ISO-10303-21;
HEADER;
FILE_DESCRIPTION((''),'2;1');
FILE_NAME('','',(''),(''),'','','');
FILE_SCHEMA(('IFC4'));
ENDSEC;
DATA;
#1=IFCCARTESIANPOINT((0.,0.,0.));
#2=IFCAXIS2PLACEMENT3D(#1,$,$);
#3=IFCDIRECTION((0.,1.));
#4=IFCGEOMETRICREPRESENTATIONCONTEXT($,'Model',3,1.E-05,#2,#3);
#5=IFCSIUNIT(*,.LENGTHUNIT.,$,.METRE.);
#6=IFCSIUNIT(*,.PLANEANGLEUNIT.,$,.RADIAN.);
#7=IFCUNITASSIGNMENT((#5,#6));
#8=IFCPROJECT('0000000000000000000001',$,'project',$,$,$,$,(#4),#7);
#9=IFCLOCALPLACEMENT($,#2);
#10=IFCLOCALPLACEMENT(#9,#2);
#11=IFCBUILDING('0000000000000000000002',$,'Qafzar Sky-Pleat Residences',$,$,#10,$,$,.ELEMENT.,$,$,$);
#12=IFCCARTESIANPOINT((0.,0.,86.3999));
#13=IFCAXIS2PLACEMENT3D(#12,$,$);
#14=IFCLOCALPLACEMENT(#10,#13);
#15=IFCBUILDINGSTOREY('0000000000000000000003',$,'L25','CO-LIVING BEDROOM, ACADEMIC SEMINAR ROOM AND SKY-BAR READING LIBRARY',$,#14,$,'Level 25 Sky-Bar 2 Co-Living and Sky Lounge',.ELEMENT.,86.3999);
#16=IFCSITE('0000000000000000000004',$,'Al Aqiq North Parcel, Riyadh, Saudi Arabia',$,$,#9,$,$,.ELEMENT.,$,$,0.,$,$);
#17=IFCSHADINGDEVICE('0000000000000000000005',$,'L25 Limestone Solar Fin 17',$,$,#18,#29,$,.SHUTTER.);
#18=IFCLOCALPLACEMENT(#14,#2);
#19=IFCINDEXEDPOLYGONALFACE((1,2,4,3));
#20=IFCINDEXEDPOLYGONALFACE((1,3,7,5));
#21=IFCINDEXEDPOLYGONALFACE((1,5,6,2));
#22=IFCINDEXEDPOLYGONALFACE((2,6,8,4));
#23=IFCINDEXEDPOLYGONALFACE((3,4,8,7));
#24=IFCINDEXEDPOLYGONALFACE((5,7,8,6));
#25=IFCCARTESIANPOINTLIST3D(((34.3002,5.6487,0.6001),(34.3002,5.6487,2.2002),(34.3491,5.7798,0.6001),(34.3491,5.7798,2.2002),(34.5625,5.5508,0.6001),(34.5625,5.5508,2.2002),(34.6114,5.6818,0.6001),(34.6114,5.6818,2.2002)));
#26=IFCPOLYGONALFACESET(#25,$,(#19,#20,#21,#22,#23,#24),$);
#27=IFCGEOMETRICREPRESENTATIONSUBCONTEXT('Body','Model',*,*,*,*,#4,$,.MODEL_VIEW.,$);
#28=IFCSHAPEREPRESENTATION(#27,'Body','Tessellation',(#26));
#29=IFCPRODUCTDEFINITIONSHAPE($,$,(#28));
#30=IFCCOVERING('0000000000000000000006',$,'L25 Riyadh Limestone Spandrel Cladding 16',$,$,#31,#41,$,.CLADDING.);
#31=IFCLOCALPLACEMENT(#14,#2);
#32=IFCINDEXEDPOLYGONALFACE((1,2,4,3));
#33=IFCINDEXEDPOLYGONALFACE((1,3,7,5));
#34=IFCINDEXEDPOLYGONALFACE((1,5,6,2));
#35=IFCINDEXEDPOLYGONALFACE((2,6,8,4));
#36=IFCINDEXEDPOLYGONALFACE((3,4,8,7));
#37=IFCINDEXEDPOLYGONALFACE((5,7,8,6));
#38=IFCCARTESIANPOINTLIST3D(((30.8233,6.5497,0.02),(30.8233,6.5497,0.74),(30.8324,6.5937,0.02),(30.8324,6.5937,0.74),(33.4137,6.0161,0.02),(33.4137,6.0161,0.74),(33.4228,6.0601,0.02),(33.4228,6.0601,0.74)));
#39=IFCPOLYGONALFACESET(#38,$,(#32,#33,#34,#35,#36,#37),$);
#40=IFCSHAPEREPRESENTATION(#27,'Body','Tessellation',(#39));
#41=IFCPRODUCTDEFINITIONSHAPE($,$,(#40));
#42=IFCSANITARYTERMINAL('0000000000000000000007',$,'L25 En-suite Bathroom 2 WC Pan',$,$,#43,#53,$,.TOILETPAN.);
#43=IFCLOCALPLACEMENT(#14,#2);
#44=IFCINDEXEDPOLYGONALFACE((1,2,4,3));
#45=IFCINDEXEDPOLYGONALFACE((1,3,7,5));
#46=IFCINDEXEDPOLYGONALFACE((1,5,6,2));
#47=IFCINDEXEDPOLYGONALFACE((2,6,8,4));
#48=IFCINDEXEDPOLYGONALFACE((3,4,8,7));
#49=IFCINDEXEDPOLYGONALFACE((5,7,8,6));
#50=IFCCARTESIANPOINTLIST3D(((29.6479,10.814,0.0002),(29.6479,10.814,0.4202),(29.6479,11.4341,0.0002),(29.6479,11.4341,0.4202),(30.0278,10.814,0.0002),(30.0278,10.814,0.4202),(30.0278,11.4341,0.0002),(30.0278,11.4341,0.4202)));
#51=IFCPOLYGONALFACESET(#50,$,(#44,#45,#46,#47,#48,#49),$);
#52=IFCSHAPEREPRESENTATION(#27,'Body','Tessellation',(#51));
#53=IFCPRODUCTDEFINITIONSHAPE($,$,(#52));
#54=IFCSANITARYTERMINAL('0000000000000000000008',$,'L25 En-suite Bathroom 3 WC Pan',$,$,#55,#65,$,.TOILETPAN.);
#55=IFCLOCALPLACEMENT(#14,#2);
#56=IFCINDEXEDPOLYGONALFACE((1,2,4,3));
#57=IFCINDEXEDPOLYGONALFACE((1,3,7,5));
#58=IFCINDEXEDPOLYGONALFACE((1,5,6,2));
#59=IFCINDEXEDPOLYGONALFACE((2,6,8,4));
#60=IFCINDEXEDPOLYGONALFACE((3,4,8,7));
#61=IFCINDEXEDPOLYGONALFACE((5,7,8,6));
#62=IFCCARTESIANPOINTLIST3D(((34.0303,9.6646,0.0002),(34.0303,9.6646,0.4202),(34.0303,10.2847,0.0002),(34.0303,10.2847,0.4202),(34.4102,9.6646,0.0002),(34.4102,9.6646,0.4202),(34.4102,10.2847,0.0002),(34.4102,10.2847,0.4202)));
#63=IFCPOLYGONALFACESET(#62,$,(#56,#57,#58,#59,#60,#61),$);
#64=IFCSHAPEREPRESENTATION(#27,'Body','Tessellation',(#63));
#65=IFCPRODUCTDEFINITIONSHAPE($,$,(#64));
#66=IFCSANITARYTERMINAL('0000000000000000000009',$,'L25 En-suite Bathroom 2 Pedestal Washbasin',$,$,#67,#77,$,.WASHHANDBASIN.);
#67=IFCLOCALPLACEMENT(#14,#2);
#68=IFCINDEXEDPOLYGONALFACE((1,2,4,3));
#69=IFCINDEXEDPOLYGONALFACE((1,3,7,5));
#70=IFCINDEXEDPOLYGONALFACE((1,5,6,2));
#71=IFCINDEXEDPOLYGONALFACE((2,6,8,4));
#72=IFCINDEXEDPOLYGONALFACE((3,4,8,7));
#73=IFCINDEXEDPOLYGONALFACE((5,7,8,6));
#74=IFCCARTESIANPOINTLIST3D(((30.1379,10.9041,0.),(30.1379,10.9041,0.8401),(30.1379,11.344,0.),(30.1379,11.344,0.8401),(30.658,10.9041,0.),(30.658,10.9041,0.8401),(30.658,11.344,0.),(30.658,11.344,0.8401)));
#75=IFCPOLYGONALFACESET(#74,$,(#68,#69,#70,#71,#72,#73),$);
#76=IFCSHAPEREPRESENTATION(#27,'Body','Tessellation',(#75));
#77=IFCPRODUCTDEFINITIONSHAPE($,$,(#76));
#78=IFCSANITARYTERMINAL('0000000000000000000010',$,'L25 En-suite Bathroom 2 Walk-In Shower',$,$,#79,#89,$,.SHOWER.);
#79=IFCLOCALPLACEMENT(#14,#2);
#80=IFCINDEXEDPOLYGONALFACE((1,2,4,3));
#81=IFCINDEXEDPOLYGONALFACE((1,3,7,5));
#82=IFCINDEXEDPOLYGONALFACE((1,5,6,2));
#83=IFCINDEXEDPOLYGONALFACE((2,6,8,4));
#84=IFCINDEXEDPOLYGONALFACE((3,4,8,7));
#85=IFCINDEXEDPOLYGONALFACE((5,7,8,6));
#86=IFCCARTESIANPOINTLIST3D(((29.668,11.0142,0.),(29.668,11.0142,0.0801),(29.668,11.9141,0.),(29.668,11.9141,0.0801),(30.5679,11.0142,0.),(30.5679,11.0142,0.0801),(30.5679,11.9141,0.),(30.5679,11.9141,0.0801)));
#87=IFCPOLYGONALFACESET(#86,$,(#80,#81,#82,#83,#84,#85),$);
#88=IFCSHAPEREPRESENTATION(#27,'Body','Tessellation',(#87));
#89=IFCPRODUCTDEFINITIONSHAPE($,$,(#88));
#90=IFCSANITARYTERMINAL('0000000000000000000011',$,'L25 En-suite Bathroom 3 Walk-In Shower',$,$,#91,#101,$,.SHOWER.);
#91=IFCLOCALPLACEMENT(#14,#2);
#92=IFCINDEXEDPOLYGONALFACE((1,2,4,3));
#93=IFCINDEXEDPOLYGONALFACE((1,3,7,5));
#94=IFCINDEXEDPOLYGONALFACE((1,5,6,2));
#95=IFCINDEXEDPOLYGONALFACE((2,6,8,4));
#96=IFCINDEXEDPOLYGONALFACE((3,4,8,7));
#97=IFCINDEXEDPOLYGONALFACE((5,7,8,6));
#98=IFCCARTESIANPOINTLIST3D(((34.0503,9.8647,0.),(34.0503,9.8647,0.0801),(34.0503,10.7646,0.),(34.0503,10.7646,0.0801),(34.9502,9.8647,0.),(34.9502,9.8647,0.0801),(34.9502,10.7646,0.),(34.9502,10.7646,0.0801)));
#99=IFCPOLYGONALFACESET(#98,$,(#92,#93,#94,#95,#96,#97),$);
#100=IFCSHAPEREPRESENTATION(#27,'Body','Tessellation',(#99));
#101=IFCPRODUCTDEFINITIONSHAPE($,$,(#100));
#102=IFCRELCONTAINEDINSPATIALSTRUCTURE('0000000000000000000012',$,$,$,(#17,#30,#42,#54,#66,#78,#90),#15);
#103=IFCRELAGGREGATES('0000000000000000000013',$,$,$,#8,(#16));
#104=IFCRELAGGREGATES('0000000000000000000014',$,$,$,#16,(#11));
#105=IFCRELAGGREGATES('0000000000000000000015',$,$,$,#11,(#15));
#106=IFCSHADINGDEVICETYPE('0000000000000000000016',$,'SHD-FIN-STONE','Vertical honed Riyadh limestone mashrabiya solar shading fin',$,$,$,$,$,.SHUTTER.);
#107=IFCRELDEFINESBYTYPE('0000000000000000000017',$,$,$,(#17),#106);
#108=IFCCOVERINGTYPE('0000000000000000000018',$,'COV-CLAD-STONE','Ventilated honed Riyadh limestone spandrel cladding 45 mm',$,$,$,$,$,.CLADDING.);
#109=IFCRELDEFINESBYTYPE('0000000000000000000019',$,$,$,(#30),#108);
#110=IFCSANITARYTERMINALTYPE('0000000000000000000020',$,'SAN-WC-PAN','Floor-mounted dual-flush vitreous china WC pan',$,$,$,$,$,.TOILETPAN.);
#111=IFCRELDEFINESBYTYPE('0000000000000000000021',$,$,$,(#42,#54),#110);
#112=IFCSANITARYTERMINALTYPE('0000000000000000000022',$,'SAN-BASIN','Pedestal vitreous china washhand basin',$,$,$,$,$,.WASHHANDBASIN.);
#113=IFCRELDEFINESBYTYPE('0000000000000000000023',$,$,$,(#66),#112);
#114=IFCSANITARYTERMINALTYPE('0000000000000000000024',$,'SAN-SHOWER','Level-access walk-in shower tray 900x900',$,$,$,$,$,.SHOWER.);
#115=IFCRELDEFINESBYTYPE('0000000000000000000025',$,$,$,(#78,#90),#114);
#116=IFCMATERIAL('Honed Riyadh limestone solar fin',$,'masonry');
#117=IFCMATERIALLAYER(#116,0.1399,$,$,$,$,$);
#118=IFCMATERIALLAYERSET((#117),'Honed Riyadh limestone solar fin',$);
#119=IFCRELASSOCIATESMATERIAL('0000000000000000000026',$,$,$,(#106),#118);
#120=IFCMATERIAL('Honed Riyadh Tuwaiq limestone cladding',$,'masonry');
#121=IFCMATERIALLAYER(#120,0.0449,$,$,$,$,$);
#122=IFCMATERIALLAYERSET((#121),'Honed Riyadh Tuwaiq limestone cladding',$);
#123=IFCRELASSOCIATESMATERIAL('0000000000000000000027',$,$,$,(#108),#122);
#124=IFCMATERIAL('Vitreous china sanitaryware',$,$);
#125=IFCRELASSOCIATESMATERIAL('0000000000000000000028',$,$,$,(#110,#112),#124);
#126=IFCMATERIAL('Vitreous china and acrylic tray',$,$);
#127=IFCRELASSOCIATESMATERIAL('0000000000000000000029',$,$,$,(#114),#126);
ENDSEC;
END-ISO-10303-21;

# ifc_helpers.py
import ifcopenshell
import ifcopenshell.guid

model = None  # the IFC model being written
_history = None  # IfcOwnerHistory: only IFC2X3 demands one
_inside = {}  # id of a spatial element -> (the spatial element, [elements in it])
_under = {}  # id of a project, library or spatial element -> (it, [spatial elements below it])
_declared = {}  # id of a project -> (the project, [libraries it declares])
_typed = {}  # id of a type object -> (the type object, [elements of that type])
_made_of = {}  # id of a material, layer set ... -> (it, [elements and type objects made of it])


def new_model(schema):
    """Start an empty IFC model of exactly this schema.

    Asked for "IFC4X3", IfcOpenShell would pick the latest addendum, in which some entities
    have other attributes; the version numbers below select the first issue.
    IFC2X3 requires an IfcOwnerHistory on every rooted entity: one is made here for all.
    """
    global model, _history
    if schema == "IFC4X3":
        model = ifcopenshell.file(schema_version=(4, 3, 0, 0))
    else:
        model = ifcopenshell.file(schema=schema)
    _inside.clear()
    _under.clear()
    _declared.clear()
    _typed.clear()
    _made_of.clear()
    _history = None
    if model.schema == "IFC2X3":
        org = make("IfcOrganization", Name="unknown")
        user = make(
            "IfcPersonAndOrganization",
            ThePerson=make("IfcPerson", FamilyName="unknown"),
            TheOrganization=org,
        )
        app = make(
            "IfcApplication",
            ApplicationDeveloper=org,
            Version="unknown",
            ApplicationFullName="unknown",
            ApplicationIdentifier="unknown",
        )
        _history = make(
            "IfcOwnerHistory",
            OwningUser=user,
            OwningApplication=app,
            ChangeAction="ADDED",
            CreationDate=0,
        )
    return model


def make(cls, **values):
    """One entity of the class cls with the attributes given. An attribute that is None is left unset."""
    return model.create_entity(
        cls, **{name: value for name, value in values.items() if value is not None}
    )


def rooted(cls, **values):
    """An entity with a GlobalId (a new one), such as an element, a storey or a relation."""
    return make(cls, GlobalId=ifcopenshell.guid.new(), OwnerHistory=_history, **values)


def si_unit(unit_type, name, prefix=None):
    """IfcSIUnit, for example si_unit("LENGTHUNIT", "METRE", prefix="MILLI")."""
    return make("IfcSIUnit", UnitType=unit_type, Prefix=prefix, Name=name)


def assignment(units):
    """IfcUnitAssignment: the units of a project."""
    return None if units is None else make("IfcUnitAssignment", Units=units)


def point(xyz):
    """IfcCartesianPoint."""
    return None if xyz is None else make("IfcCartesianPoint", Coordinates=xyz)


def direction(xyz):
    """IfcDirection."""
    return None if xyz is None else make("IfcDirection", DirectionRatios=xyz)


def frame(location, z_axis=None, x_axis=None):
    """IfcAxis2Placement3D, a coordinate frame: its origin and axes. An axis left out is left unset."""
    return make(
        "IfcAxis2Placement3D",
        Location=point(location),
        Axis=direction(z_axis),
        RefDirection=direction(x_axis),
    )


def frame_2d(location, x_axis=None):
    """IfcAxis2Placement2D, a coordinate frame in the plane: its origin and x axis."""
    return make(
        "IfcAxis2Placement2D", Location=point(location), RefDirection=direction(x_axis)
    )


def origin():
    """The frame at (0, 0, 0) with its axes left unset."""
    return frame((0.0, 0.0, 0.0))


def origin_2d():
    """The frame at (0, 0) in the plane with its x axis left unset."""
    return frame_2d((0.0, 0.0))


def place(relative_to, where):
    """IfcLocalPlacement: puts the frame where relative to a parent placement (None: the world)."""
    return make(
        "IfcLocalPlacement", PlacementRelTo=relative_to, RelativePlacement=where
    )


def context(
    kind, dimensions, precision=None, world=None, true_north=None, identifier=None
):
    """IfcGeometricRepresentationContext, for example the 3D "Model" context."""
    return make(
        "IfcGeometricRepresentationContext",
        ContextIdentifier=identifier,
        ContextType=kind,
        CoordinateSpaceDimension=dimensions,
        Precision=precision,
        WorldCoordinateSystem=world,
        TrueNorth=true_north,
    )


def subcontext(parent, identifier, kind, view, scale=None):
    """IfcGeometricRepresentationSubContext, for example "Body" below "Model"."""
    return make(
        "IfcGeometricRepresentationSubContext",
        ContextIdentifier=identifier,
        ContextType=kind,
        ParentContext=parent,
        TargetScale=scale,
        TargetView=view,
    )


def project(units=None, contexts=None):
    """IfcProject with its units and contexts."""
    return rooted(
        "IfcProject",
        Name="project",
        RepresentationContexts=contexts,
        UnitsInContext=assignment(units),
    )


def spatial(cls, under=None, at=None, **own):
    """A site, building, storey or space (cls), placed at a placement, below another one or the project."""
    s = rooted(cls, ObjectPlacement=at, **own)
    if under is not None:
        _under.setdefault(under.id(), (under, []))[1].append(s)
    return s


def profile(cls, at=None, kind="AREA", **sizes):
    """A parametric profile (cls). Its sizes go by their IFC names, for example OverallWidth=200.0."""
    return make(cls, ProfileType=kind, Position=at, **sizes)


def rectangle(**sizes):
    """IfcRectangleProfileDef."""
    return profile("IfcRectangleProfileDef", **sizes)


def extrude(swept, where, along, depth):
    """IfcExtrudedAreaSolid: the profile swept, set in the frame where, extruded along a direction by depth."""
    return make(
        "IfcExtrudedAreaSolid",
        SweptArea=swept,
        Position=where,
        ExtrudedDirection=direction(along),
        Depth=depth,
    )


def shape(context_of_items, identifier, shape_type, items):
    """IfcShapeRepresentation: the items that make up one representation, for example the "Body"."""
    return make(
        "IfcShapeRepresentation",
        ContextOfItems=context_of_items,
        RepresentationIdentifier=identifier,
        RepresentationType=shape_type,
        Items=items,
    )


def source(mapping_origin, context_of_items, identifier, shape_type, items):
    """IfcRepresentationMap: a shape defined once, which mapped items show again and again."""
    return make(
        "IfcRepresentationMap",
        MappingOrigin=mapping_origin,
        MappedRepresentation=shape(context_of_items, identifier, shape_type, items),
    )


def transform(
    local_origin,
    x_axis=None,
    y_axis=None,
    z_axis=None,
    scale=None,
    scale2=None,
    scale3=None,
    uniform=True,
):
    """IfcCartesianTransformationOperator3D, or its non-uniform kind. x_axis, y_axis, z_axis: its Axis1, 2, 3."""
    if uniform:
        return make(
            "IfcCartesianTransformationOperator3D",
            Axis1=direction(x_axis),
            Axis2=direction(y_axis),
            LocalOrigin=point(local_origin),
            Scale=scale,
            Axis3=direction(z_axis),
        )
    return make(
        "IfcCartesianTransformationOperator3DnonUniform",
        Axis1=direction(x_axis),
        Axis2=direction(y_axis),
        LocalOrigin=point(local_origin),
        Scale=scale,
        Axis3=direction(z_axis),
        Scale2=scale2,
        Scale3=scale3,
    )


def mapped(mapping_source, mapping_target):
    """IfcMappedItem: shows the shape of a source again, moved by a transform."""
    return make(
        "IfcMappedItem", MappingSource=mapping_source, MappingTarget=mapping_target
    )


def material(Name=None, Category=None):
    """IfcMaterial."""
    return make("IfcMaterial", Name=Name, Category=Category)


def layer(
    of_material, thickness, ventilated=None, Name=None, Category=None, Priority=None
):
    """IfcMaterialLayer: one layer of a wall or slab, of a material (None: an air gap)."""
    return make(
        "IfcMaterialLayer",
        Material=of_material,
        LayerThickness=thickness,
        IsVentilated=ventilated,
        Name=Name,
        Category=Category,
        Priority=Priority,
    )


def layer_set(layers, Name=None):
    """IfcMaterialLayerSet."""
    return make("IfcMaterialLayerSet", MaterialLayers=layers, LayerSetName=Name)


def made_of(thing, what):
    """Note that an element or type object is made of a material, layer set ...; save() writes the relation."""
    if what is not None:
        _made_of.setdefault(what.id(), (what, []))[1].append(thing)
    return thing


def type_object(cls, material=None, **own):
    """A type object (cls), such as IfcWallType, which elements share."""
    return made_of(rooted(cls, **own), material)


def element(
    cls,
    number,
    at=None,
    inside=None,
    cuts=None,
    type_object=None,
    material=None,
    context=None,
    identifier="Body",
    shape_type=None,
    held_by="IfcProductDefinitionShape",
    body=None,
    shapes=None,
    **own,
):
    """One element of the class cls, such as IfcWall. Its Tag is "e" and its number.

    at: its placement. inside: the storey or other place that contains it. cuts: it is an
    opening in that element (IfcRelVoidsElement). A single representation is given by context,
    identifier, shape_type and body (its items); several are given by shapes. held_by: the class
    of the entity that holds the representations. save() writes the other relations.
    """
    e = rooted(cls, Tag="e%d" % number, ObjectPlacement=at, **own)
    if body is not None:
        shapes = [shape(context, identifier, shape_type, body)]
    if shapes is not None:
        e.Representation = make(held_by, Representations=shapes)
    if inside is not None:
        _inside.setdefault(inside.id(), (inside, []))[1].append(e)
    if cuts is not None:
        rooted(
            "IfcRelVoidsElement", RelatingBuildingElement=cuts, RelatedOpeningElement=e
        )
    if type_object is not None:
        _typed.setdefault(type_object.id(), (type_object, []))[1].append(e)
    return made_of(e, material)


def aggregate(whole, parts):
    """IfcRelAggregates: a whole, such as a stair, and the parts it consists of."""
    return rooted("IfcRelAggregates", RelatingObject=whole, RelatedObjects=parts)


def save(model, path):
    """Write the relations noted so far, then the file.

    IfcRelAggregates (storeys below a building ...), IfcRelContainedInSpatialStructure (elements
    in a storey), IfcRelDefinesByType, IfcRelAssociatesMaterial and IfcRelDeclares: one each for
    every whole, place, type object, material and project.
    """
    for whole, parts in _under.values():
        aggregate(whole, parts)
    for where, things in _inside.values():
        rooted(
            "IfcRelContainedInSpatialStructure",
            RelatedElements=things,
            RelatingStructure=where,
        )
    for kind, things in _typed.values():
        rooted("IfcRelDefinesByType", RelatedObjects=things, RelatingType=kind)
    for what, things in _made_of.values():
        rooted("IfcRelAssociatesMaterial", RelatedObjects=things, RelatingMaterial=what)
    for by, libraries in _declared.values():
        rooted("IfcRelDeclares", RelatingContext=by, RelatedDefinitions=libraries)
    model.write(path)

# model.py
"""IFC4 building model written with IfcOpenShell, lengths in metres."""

from ifc_helpers import new_model, si_unit, direction, frame, origin, origin_2d, place, context, subcontext, project, spatial, rectangle, extrude, source, transform, mapped, material, layer, layer_set, type_object, element, save


model = new_model("IFC4")

# Units and contexts
model_context = context("Model", 3, precision=1e-05, world=origin(), true_north=direction((0.0, 1.0)))
body_context = subcontext(model_context, "Body", "Model", "MODEL_VIEW")
ifc_project = project(units=[si_unit("LENGTHUNIT", "METRE"), si_unit("PLANEANGLEUNIT", "RADIAN")], contexts=[model_context])

# Site, building, storey
site_placement = place(None, origin())
site = spatial("IfcSite", under=ifc_project, at=site_placement, Name="Al Aqiq North Parcel, Riyadh, Saudi Arabia", CompositionType="ELEMENT", RefElevation=0.0)
building_placement = place(site_placement, origin())
building = spatial("IfcBuilding", under=site, at=building_placement, Name="Qafzar Sky-Pleat Residences", CompositionType="ELEMENT")
storey_placement = place(building_placement, frame((0.0, 0.0, 86.3999)))
storey = spatial("IfcBuildingStorey", under=building, at=storey_placement, Name="L25", Description="CO-LIVING BEDROOM, ACADEMIC SEMINAR ROOM AND SKY-BAR READING LIBRARY", LongName="Level 25 Sky-Bar 2 Co-Living and Sky Lounge", CompositionType="ELEMENT", Elevation=86.3999)

# Shading device
ifc_material_1 = material(Name="Honed Riyadh limestone solar fin", Category="masonry")
ifc_layer_1 = layer(ifc_material_1, 0.1399)
ifc_layer_set_1 = layer_set([ifc_layer_1], Name="Honed Riyadh limestone solar fin")
shading_device_type = type_object("IfcShadingDeviceType", Name="SHD-FIN-STONE", Description="Vertical honed Riyadh limestone mashrabiya solar shading fin", PredefinedType="SHUTTER", material=ifc_layer_set_1)
shared_shape_1 = source(origin(), body_context, "Body", "SweptSolid", [
    extrude(rectangle(XDim=0.1399, YDim=0.28, at=origin_2d()), origin(), (0.0, 0.0, 1.0), 1.6001),
])
shading_device_placement = place(storey_placement, frame((34.4558, 5.6653, 0.6001), z_axis=(0.0, 0.0, 1.0), x_axis=(-0.349823, -0.936816, 0.0)))
element("IfcShadingDevice", 1, at=shading_device_placement, inside=storey, type_object=shading_device_type, Name="L25 Limestone Solar Fin 17", PredefinedType="SHUTTER", context=body_context, shape_type="MappedRepresentation", body=[
    mapped(shared_shape_1, transform((0.0, 0.0, 0.0), x_axis=(1.0, 0.0, 0.0), y_axis=(0.0, 1.0, 0.0), z_axis=(0.0, 0.0, 1.0), scale=1.0)),
])

# Covering
ifc_material_2 = material(Name="Honed Riyadh Tuwaiq limestone cladding", Category="masonry")
ifc_layer_2 = layer(ifc_material_2, 0.0449)
ifc_layer_set_2 = layer_set([ifc_layer_2], Name="Honed Riyadh Tuwaiq limestone cladding")
covering_type = type_object("IfcCoveringType", Name="COV-CLAD-STONE", Description="Ventilated honed Riyadh limestone spandrel cladding 45 mm", PredefinedType="CLADDING", material=ifc_layer_set_2)
shared_shape_2 = source(origin(), body_context, "Body", "SweptSolid", [
    extrude(rectangle(XDim=2.6448, YDim=0.0449, at=origin_2d()), origin(), (0.0, 0.0, 1.0), 0.72),
])
covering_placement = place(storey_placement, frame((32.123, 6.3049, 0.02), z_axis=(0.0, 0.0, 1.0), x_axis=(0.979434, -0.201767, 0.0)))
element("IfcCovering", 2, at=covering_placement, inside=storey, type_object=covering_type, Name="L25 Riyadh Limestone Spandrel Cladding 16", PredefinedType="CLADDING", context=body_context, shape_type="MappedRepresentation", body=[
    mapped(shared_shape_2, transform((0.0, 0.0, 0.0), x_axis=(1.0, 0.0, 0.0), y_axis=(0.0, 1.0, 0.0), z_axis=(0.0, 0.0, 1.0), scale=1.0)),
])

# Sanitary terminals
ifc_material_3 = material(Name="Vitreous china sanitaryware")
sanitary_terminal_type_1 = type_object("IfcSanitaryTerminalType", Name="SAN-WC-PAN", Description="Floor-mounted dual-flush vitreous china WC pan", PredefinedType="TOILETPAN", material=ifc_material_3)
shared_shape_3 = source(origin(), body_context, "Body", "SweptSolid", [
    extrude(rectangle(XDim=0.3799, YDim=0.6201, at=origin_2d()), origin(), (0.0, 0.0, 1.0), 0.4199),
])
for number, where, z_axis, x_axis, name in (
    (3, (29.8379, 11.124, 0.0002), (0.0, 0.0, 1.0), (1.0, 0.0, 0.0), "L25 En-suite Bathroom 2 WC Pan"),
    (4, (34.2202, 9.9746, 0.0002), (0.0, 0.0, 1.0), (1.0, 0.0, 0.0), "L25 En-suite Bathroom 3 WC Pan"),
):
    element("IfcSanitaryTerminal", number, at=place(storey_placement, frame(where, z_axis=z_axis, x_axis=x_axis)), inside=storey, type_object=sanitary_terminal_type_1, Name=name, PredefinedType="TOILETPAN", context=body_context, shape_type="MappedRepresentation", body=[
        mapped(shared_shape_3, transform((0.0, 0.0, 0.0), x_axis=(1.0, 0.0, 0.0), y_axis=(0.0, 1.0, 0.0), z_axis=(0.0, 0.0, 1.0), scale=1.0)),
    ])
sanitary_terminal_type_2 = type_object("IfcSanitaryTerminalType", Name="SAN-BASIN", Description="Pedestal vitreous china washhand basin", PredefinedType="WASHHANDBASIN", material=ifc_material_3)
shared_shape_4 = source(origin(), body_context, "Body", "SweptSolid", [
    extrude(rectangle(XDim=0.52, YDim=0.4399, at=origin_2d()), origin(), (0.0, 0.0, 1.0), 0.8401),
])
sanitary_terminal_placement = place(storey_placement, frame((30.3979, 11.124, 0.0), z_axis=(0.0, 0.0, 1.0), x_axis=(1.0, 0.0, 0.0)))
element("IfcSanitaryTerminal", 5, at=sanitary_terminal_placement, inside=storey, type_object=sanitary_terminal_type_2, Name="L25 En-suite Bathroom 2 Pedestal Washbasin", PredefinedType="WASHHANDBASIN", context=body_context, shape_type="MappedRepresentation", body=[
    mapped(shared_shape_4, transform((0.0, 0.0, 0.0), x_axis=(1.0, 0.0, 0.0), y_axis=(0.0, 1.0, 0.0), z_axis=(0.0, 0.0, 1.0), scale=1.0)),
])
ifc_material_4 = material(Name="Vitreous china and acrylic tray")
sanitary_terminal_type_3 = type_object("IfcSanitaryTerminalType", Name="SAN-SHOWER", Description="Level-access walk-in shower tray 900x900", PredefinedType="SHOWER", material=ifc_material_4)
shared_shape_5 = source(origin(), body_context, "Body", "SweptSolid", [
    extrude(rectangle(XDim=0.8999, YDim=0.8999, at=origin_2d()), origin(), (0.0, 0.0, 1.0), 0.0801),
])
for number, where, z_axis, x_axis, name in (
    (6, (30.1179, 11.4641, 0.0), (0.0, 0.0, 1.0), (1.0, 0.0, 0.0), "L25 En-suite Bathroom 2 Walk-In Shower"),
    (7, (34.5002, 10.3147, 0.0), (0.0, 0.0, 1.0), (1.0, 0.0, 0.0), "L25 En-suite Bathroom 3 Walk-In Shower"),
):
    element("IfcSanitaryTerminal", number, at=place(storey_placement, frame(where, z_axis=z_axis, x_axis=x_axis)), inside=storey, type_object=sanitary_terminal_type_3, Name=name, PredefinedType="SHOWER", context=body_context, shape_type="MappedRepresentation", body=[
        mapped(shared_shape_5, transform((0.0, 0.0, 0.0), x_axis=(1.0, 0.0, 0.0), y_axis=(0.0, 1.0, 0.0), z_axis=(0.0, 0.0, 1.0), scale=1.0)),
    ])

save(model, "model.ifc")
